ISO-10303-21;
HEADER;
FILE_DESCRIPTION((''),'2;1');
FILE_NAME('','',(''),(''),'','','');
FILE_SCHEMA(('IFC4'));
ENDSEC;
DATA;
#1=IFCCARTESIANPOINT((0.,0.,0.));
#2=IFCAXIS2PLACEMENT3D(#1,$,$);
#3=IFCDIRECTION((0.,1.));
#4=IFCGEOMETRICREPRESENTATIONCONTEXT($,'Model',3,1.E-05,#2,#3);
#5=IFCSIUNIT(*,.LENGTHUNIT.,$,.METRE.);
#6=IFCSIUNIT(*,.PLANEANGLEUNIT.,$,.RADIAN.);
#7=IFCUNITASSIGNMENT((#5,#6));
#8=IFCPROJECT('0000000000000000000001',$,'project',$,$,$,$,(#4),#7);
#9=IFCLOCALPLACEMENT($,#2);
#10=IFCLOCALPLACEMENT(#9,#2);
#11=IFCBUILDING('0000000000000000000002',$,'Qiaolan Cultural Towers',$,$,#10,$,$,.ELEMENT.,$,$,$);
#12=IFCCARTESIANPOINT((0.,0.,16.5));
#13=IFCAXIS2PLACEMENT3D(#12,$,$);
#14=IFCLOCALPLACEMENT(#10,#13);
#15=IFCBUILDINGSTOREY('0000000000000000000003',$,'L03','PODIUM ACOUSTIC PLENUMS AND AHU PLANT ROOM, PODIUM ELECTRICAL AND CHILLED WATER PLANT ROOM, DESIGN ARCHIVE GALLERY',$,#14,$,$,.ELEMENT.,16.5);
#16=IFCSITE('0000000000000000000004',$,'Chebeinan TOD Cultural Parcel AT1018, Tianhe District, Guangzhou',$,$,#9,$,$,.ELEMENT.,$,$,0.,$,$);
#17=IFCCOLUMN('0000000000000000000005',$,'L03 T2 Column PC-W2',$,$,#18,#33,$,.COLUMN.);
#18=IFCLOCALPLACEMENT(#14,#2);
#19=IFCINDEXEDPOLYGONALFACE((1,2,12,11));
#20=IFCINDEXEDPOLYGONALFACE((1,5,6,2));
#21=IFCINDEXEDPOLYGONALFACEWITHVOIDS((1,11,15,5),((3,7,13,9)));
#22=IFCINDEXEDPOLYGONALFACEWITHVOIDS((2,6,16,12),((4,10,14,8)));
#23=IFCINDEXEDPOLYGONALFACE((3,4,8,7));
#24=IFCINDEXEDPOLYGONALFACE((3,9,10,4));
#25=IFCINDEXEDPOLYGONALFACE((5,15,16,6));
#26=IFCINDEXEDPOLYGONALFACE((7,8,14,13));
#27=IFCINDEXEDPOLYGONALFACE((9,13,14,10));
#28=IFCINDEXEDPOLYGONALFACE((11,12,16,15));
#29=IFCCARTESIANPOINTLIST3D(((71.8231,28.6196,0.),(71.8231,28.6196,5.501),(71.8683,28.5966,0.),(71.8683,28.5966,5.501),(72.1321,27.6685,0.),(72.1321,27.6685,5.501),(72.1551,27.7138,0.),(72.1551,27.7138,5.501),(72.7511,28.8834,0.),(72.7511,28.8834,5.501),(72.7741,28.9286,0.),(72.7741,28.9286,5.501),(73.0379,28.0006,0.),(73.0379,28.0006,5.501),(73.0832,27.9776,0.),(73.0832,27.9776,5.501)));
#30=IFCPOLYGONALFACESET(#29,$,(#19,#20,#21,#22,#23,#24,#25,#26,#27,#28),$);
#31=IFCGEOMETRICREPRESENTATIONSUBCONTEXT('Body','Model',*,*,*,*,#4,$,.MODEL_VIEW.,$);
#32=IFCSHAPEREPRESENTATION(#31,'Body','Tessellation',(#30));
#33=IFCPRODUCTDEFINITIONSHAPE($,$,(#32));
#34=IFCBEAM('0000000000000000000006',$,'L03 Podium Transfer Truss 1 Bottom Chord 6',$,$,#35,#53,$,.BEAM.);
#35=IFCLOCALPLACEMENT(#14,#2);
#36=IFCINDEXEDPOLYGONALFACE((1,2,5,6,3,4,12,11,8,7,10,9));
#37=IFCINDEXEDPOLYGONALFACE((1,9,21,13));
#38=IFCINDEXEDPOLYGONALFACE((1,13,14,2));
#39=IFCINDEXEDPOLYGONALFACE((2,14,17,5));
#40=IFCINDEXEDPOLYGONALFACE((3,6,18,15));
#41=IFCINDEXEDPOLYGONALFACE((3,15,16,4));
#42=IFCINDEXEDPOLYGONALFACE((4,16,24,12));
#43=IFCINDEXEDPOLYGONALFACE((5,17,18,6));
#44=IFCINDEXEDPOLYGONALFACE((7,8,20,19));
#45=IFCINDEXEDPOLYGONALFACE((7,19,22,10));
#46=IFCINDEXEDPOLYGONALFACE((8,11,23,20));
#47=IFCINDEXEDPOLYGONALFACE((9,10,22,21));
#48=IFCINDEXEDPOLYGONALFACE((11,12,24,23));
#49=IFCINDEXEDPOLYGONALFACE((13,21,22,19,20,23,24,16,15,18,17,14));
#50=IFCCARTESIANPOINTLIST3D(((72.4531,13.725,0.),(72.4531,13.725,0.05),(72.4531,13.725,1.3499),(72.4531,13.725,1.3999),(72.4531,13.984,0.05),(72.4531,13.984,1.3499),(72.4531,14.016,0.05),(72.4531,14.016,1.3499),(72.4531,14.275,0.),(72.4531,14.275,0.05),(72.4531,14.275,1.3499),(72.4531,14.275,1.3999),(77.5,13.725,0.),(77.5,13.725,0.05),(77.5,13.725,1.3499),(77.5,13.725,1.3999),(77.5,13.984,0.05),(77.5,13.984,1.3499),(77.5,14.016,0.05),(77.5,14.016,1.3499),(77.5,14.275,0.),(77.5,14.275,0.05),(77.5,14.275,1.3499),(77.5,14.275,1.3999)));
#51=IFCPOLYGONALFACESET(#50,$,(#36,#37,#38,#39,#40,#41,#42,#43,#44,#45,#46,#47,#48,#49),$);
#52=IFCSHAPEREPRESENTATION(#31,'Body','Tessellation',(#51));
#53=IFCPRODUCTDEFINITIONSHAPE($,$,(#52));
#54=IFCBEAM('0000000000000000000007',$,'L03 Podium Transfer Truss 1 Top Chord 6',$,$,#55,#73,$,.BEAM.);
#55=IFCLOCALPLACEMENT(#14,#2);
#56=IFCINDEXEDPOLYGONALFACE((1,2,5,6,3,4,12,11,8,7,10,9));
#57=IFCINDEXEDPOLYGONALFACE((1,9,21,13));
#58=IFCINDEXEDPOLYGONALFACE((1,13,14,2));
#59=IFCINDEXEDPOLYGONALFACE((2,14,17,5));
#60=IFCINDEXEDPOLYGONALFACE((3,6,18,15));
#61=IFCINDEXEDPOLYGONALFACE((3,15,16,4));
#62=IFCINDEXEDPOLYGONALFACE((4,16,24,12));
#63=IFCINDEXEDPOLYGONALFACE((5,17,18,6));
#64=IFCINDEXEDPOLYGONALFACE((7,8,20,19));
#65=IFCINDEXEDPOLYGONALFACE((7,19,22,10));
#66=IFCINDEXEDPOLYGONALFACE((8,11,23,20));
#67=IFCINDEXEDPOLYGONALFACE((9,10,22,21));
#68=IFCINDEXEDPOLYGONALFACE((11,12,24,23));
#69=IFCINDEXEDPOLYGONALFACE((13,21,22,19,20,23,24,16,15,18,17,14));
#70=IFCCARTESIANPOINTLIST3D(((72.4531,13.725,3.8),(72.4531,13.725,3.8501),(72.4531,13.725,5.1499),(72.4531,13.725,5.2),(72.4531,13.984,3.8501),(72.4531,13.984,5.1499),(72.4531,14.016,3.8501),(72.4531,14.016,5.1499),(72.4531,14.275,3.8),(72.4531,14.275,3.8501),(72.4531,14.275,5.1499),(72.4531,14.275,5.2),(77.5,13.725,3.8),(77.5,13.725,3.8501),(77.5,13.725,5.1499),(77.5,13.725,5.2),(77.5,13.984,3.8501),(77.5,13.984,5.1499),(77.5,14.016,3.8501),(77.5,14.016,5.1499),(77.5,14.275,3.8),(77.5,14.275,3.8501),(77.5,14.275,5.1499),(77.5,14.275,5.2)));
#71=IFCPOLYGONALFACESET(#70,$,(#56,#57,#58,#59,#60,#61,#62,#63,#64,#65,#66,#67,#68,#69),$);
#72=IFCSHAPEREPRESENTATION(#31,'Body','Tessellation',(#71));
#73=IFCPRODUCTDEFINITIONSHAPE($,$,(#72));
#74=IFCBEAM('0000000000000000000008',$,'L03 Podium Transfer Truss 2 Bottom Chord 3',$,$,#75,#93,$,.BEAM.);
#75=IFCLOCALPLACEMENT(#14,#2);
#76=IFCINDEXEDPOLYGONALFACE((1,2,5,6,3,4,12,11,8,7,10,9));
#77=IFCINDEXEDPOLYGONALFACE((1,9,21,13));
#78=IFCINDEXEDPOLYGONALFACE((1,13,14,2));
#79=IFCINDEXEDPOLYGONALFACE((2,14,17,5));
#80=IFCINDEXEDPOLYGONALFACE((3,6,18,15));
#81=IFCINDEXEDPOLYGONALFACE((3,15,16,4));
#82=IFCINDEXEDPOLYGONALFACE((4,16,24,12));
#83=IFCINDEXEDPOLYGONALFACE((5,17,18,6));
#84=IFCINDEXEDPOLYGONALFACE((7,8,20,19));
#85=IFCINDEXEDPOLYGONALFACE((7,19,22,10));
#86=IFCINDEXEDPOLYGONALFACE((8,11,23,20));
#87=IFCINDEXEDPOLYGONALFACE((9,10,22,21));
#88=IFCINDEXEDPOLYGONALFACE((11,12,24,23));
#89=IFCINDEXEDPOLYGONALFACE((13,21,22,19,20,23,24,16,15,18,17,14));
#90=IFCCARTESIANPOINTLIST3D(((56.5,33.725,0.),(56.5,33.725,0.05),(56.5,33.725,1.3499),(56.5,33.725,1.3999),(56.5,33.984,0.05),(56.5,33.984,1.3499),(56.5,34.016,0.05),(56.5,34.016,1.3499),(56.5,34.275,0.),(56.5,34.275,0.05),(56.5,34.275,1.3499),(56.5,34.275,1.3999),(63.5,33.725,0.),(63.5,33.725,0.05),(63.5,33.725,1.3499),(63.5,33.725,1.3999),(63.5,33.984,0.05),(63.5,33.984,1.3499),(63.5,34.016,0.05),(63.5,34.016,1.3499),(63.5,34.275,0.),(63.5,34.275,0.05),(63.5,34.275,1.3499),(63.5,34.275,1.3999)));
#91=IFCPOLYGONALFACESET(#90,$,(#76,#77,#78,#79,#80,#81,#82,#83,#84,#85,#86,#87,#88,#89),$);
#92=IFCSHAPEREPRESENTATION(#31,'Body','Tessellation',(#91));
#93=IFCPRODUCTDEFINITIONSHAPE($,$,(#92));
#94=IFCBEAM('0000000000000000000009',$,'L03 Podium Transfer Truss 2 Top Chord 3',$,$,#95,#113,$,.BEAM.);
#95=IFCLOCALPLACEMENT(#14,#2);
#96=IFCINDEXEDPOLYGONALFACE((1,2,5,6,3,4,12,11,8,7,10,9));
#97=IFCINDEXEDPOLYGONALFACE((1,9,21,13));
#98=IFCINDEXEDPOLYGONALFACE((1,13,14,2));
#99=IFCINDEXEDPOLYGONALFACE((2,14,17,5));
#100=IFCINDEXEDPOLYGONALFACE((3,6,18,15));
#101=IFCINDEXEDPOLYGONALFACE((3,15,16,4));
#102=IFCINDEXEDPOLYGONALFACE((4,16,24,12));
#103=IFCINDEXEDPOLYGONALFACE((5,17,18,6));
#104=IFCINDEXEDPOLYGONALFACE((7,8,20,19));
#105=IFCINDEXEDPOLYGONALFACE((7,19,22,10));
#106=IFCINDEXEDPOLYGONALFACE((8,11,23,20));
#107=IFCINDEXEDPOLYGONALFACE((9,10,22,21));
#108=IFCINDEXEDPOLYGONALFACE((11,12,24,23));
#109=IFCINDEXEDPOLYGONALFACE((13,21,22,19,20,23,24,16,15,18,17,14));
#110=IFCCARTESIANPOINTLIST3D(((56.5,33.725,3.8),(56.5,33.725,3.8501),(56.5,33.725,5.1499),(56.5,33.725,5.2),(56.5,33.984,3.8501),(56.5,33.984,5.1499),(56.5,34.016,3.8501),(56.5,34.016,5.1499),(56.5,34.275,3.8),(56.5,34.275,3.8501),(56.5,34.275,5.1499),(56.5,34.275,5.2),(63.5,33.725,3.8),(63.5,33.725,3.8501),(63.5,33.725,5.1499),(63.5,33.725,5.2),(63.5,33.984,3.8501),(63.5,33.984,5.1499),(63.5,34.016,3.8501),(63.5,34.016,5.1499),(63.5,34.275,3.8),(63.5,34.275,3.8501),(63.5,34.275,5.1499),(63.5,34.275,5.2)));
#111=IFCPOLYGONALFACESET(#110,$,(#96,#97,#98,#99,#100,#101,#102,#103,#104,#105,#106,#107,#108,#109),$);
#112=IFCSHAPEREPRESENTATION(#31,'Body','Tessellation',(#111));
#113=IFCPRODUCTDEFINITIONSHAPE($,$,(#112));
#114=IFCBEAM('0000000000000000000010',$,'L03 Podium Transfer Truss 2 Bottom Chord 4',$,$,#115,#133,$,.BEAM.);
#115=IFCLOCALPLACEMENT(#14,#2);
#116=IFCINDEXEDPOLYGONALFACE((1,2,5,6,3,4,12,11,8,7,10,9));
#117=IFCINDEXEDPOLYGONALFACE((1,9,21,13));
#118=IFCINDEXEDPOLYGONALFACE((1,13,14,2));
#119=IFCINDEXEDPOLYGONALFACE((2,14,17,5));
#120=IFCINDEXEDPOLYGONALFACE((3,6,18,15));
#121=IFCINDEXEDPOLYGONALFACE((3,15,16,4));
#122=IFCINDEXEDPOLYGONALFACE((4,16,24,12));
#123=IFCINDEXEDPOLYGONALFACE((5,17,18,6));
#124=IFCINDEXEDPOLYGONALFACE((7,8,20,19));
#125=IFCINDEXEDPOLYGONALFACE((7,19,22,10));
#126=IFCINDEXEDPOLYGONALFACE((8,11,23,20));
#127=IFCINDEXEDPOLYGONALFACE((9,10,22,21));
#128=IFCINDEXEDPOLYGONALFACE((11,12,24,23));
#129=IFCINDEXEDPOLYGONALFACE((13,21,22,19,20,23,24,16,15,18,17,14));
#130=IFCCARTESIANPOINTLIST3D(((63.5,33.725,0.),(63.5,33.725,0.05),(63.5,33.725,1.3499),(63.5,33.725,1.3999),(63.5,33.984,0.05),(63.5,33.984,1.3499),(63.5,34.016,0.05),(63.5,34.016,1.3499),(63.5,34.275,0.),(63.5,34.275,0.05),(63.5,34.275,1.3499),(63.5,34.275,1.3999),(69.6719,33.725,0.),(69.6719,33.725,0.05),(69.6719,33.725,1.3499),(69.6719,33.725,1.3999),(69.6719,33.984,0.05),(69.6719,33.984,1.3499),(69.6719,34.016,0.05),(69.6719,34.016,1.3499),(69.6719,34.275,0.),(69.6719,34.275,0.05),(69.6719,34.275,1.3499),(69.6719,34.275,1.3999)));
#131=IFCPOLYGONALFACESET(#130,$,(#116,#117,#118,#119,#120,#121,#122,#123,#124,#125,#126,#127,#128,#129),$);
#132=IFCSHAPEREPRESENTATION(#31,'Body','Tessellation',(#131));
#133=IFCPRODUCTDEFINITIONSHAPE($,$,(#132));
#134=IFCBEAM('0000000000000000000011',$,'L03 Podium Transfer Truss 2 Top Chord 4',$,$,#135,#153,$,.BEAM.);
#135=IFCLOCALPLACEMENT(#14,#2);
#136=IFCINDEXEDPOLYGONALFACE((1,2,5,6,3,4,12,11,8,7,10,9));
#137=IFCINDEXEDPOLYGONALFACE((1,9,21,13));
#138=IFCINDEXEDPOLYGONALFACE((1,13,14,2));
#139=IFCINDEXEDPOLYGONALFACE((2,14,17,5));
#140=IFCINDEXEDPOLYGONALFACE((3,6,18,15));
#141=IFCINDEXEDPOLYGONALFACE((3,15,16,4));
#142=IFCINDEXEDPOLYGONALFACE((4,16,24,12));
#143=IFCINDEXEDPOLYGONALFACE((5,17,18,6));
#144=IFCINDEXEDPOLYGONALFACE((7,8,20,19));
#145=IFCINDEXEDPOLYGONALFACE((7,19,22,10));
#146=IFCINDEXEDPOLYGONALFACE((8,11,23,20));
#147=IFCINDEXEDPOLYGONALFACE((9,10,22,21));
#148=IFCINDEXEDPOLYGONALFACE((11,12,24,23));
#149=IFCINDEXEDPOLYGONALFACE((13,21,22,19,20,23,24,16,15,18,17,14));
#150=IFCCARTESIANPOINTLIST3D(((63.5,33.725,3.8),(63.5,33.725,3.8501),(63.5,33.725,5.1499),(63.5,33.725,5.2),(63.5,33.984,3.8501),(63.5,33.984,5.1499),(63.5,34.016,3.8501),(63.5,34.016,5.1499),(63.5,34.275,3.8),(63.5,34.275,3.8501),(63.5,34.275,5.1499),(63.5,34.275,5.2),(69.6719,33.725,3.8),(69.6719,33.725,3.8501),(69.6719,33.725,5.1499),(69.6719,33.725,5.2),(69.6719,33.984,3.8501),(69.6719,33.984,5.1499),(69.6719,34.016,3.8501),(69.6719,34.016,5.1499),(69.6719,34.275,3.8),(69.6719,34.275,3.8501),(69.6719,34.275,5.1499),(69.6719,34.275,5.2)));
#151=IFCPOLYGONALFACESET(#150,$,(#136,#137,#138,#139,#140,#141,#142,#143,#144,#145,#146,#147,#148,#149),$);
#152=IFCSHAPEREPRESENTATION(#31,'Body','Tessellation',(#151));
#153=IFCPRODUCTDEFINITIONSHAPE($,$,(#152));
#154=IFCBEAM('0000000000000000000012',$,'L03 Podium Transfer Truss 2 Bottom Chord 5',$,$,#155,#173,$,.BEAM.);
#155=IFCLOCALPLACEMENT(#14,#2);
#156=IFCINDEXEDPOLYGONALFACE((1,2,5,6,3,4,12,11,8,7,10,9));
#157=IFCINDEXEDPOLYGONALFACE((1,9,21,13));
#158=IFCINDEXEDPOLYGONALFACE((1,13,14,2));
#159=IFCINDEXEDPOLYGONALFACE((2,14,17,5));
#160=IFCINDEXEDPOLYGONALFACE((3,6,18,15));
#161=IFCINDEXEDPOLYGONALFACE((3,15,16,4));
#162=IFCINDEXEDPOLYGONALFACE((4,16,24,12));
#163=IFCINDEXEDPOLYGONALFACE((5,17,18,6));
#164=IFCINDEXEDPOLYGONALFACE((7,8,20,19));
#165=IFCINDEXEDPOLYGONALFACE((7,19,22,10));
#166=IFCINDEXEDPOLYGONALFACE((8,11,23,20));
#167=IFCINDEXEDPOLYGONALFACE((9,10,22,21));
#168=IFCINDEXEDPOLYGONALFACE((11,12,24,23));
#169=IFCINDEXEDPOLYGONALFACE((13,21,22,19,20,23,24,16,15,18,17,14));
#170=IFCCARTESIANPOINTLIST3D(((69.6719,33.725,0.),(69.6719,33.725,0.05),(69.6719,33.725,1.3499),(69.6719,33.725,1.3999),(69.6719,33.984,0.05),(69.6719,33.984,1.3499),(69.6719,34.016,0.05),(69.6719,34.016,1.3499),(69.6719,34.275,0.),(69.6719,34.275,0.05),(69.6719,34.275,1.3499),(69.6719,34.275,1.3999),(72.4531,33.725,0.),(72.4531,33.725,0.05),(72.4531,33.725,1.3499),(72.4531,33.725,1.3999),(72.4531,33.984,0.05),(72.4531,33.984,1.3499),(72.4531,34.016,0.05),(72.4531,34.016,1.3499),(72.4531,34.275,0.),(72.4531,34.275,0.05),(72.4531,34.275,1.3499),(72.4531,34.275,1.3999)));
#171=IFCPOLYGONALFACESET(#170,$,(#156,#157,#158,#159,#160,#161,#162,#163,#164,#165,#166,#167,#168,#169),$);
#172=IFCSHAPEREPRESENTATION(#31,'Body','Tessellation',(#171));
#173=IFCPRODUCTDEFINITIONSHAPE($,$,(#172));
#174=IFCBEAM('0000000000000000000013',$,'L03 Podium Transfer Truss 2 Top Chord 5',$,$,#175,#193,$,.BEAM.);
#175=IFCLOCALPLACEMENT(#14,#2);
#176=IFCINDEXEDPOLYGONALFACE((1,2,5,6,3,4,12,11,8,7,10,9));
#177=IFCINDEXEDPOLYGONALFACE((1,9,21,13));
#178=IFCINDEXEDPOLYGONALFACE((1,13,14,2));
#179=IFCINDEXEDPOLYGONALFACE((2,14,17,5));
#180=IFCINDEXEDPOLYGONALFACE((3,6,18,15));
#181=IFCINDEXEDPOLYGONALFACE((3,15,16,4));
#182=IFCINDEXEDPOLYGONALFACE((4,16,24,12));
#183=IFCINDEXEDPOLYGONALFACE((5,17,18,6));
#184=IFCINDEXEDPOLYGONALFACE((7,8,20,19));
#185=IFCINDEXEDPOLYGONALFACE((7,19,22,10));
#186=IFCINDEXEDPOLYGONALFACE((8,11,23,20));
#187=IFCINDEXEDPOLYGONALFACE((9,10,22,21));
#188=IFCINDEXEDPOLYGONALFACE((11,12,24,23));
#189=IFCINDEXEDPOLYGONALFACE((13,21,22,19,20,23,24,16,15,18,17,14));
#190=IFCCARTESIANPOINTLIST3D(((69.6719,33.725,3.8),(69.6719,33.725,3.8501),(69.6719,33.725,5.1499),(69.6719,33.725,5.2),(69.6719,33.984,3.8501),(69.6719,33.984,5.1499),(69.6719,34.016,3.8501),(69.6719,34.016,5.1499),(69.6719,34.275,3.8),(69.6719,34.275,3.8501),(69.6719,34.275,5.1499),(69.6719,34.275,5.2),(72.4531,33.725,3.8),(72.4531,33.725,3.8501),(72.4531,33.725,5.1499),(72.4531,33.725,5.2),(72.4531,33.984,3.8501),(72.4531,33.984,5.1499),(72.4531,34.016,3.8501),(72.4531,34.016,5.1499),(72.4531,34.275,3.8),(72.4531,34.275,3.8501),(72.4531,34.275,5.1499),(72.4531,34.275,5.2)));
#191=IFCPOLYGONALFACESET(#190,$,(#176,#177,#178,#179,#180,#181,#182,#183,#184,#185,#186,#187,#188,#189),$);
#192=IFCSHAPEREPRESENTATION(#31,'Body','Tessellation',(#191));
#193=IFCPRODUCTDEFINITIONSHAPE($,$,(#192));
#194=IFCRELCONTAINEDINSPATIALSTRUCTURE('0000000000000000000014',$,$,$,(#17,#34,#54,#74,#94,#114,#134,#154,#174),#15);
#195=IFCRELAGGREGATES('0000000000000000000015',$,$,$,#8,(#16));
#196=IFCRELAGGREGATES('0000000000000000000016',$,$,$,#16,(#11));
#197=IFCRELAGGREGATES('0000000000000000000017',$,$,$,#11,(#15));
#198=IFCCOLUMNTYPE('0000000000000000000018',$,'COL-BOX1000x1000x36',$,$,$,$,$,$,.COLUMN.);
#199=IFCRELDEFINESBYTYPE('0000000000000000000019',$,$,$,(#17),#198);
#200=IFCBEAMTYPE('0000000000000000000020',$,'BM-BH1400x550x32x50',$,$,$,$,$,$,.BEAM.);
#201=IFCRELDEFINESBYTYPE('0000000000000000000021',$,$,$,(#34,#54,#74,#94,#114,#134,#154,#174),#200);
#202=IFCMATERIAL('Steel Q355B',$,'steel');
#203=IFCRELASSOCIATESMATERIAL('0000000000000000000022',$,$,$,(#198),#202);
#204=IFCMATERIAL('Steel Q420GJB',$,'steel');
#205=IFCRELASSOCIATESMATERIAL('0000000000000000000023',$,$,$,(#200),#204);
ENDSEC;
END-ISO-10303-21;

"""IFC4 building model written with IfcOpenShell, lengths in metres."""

from ifc_helpers import new_model, si_unit, direction, frame, origin, origin_2d, place, context, subcontext, project, spatial, hollow_rectangle, i_section, extrude, material, material_profile, profile_set, type_object, element, save


model = new_model("IFC4")

# Units and contexts
model_context = context("Model", 3, precision=1e-05, world=origin(), true_north=direction((0.0, 1.0)))
body_context = subcontext(model_context, "Body", "Model", "MODEL_VIEW")
ifc_project = project(units=[si_unit("LENGTHUNIT", "METRE"), si_unit("PLANEANGLEUNIT", "RADIAN")], contexts=[model_context])

# Site, building, storey
site_placement = place(None, origin())
site = spatial("IfcSite", under=ifc_project, at=site_placement, Name="Chebeinan TOD Cultural Parcel AT1018, Tianhe District, Guangzhou", CompositionType="ELEMENT", RefElevation=0.0)
building_placement = place(site_placement, origin())
building = spatial("IfcBuilding", under=site, at=building_placement, Name="Qiaolan Cultural Towers", CompositionType="ELEMENT")
storey_placement = place(building_placement, frame((0.0, 0.0, 16.5)))
storey = spatial("IfcBuildingStorey", under=building, at=storey_placement, Name="L03", Description="PODIUM ACOUSTIC PLENUMS AND AHU PLANT ROOM, PODIUM ELECTRICAL AND CHILLED WATER PLANT ROOM, DESIGN ARCHIVE GALLERY", CompositionType="ELEMENT", Elevation=16.5)

# Column
ifc_material_1 = material(Name="Steel Q355B", Category="steel")
ifc_material_profile_1 = material_profile(ifc_material_1, hollow_rectangle(XDim=1.0, YDim=1.0, WallThickness=0.0359, at=origin_2d()), Name="BOX1000x1000x36")
ifc_profile_set_1 = profile_set([ifc_material_profile_1], Name="Steel Q355B")
column_type = type_object("IfcColumnType", Name="COL-BOX1000x1000x36", PredefinedType="COLUMN", material=ifc_profile_set_1)
column_placement = place(storey_placement, frame((72.4531, 28.2986, 0.0), z_axis=(0.0, 0.0, 1.0), x_axis=(0.951057, 0.309017, 0.0)))
element("IfcColumn", 1, at=column_placement, inside=storey, type_object=column_type, Name="L03 T2 Column PC-W2", PredefinedType="COLUMN", context=body_context, shape_type="SweptSolid", body=[
    extrude(hollow_rectangle(XDim=1.0, YDim=1.0, WallThickness=0.0359, at=origin_2d()), origin(), (0.0, 0.0, 1.0), 5.501),
])

# Beams
ifc_material_2 = material(Name="Steel Q420GJB", Category="steel")
ifc_material_profile_2 = material_profile(ifc_material_2, i_section(OverallWidth=0.55, OverallDepth=1.3999, WebThickness=0.032, FlangeThickness=0.05, at=origin_2d()), Name="BH1400x550x32x50")
ifc_profile_set_2 = profile_set([ifc_material_profile_2], Name="Steel Q420GJB")
beam_type = type_object("IfcBeamType", Name="BM-BH1400x550x32x50", PredefinedType="BEAM", material=ifc_profile_set_2)
for number, where, z_axis, x_axis, name in (
    (2, (72.4531, 14.0, 0.7), (1.0, 0.0, 0.0), (0.0, 1.0, 0.0), "L03 Podium Transfer Truss 1 Bottom Chord 6"),
    (3, (72.4531, 14.0, 4.5), (1.0, 0.0, 0.0), (0.0, 1.0, 0.0), "L03 Podium Transfer Truss 1 Top Chord 6"),
):
    element("IfcBeam", number, at=place(storey_placement, frame(where, z_axis=z_axis, x_axis=x_axis)), inside=storey, type_object=beam_type, Name=name, PredefinedType="BEAM", context=body_context, shape_type="SweptSolid", body=[
        extrude(i_section(OverallWidth=0.55, OverallDepth=1.3999, WebThickness=0.032, FlangeThickness=0.05, at=origin_2d()), origin(), (0.0, 0.0, 1.0), 5.0469),
    ])
for number, where, z_axis, x_axis, name in (
    (4, (56.5, 34.0, 0.7), (1.0, 0.0, 0.0), (0.0, 1.0, 0.0), "L03 Podium Transfer Truss 2 Bottom Chord 3"),
    (5, (56.5, 34.0, 4.5), (1.0, 0.0, 0.0), (0.0, 1.0, 0.0), "L03 Podium Transfer Truss 2 Top Chord 3"),
):
    element("IfcBeam", number, at=place(storey_placement, frame(where, z_axis=z_axis, x_axis=x_axis)), inside=storey, type_object=beam_type, Name=name, PredefinedType="BEAM", context=body_context, shape_type="SweptSolid", body=[
        extrude(i_section(OverallWidth=0.55, OverallDepth=1.3999, WebThickness=0.032, FlangeThickness=0.05, at=origin_2d()), origin(), (0.0, 0.0, 1.0), 7.0),
    ])
for number, where, z_axis, x_axis, name in (
    (6, (63.5, 34.0, 0.7), (1.0, 0.0, 0.0), (0.0, 1.0, 0.0), "L03 Podium Transfer Truss 2 Bottom Chord 4"),
    (7, (63.5, 34.0, 4.5), (1.0, 0.0, 0.0), (0.0, 1.0, 0.0), "L03 Podium Transfer Truss 2 Top Chord 4"),
):
    element("IfcBeam", number, at=place(storey_placement, frame(where, z_axis=z_axis, x_axis=x_axis)), inside=storey, type_object=beam_type, Name=name, PredefinedType="BEAM", context=body_context, shape_type="SweptSolid", body=[
        extrude(i_section(OverallWidth=0.55, OverallDepth=1.3999, WebThickness=0.032, FlangeThickness=0.05, at=origin_2d()), origin(), (0.0, 0.0, 1.0), 6.1719),
    ])
for number, where, z_axis, x_axis, name in (
    (8, (69.6719, 34.0, 0.7), (1.0, 0.0, 0.0), (0.0, 1.0, 0.0), "L03 Podium Transfer Truss 2 Bottom Chord 5"),
    (9, (69.6719, 34.0, 4.5), (1.0, 0.0, 0.0), (0.0, 1.0, 0.0), "L03 Podium Transfer Truss 2 Top Chord 5"),
):
    element("IfcBeam", number, at=place(storey_placement, frame(where, z_axis=z_axis, x_axis=x_axis)), inside=storey, type_object=beam_type, Name=name, PredefinedType="BEAM", context=body_context, shape_type="SweptSolid", body=[
        extrude(i_section(OverallWidth=0.55, OverallDepth=1.3999, WebThickness=0.032, FlangeThickness=0.05, at=origin_2d()), origin(), (0.0, 0.0, 1.0), 2.7812),
    ])

save(model, "model.ifc")
